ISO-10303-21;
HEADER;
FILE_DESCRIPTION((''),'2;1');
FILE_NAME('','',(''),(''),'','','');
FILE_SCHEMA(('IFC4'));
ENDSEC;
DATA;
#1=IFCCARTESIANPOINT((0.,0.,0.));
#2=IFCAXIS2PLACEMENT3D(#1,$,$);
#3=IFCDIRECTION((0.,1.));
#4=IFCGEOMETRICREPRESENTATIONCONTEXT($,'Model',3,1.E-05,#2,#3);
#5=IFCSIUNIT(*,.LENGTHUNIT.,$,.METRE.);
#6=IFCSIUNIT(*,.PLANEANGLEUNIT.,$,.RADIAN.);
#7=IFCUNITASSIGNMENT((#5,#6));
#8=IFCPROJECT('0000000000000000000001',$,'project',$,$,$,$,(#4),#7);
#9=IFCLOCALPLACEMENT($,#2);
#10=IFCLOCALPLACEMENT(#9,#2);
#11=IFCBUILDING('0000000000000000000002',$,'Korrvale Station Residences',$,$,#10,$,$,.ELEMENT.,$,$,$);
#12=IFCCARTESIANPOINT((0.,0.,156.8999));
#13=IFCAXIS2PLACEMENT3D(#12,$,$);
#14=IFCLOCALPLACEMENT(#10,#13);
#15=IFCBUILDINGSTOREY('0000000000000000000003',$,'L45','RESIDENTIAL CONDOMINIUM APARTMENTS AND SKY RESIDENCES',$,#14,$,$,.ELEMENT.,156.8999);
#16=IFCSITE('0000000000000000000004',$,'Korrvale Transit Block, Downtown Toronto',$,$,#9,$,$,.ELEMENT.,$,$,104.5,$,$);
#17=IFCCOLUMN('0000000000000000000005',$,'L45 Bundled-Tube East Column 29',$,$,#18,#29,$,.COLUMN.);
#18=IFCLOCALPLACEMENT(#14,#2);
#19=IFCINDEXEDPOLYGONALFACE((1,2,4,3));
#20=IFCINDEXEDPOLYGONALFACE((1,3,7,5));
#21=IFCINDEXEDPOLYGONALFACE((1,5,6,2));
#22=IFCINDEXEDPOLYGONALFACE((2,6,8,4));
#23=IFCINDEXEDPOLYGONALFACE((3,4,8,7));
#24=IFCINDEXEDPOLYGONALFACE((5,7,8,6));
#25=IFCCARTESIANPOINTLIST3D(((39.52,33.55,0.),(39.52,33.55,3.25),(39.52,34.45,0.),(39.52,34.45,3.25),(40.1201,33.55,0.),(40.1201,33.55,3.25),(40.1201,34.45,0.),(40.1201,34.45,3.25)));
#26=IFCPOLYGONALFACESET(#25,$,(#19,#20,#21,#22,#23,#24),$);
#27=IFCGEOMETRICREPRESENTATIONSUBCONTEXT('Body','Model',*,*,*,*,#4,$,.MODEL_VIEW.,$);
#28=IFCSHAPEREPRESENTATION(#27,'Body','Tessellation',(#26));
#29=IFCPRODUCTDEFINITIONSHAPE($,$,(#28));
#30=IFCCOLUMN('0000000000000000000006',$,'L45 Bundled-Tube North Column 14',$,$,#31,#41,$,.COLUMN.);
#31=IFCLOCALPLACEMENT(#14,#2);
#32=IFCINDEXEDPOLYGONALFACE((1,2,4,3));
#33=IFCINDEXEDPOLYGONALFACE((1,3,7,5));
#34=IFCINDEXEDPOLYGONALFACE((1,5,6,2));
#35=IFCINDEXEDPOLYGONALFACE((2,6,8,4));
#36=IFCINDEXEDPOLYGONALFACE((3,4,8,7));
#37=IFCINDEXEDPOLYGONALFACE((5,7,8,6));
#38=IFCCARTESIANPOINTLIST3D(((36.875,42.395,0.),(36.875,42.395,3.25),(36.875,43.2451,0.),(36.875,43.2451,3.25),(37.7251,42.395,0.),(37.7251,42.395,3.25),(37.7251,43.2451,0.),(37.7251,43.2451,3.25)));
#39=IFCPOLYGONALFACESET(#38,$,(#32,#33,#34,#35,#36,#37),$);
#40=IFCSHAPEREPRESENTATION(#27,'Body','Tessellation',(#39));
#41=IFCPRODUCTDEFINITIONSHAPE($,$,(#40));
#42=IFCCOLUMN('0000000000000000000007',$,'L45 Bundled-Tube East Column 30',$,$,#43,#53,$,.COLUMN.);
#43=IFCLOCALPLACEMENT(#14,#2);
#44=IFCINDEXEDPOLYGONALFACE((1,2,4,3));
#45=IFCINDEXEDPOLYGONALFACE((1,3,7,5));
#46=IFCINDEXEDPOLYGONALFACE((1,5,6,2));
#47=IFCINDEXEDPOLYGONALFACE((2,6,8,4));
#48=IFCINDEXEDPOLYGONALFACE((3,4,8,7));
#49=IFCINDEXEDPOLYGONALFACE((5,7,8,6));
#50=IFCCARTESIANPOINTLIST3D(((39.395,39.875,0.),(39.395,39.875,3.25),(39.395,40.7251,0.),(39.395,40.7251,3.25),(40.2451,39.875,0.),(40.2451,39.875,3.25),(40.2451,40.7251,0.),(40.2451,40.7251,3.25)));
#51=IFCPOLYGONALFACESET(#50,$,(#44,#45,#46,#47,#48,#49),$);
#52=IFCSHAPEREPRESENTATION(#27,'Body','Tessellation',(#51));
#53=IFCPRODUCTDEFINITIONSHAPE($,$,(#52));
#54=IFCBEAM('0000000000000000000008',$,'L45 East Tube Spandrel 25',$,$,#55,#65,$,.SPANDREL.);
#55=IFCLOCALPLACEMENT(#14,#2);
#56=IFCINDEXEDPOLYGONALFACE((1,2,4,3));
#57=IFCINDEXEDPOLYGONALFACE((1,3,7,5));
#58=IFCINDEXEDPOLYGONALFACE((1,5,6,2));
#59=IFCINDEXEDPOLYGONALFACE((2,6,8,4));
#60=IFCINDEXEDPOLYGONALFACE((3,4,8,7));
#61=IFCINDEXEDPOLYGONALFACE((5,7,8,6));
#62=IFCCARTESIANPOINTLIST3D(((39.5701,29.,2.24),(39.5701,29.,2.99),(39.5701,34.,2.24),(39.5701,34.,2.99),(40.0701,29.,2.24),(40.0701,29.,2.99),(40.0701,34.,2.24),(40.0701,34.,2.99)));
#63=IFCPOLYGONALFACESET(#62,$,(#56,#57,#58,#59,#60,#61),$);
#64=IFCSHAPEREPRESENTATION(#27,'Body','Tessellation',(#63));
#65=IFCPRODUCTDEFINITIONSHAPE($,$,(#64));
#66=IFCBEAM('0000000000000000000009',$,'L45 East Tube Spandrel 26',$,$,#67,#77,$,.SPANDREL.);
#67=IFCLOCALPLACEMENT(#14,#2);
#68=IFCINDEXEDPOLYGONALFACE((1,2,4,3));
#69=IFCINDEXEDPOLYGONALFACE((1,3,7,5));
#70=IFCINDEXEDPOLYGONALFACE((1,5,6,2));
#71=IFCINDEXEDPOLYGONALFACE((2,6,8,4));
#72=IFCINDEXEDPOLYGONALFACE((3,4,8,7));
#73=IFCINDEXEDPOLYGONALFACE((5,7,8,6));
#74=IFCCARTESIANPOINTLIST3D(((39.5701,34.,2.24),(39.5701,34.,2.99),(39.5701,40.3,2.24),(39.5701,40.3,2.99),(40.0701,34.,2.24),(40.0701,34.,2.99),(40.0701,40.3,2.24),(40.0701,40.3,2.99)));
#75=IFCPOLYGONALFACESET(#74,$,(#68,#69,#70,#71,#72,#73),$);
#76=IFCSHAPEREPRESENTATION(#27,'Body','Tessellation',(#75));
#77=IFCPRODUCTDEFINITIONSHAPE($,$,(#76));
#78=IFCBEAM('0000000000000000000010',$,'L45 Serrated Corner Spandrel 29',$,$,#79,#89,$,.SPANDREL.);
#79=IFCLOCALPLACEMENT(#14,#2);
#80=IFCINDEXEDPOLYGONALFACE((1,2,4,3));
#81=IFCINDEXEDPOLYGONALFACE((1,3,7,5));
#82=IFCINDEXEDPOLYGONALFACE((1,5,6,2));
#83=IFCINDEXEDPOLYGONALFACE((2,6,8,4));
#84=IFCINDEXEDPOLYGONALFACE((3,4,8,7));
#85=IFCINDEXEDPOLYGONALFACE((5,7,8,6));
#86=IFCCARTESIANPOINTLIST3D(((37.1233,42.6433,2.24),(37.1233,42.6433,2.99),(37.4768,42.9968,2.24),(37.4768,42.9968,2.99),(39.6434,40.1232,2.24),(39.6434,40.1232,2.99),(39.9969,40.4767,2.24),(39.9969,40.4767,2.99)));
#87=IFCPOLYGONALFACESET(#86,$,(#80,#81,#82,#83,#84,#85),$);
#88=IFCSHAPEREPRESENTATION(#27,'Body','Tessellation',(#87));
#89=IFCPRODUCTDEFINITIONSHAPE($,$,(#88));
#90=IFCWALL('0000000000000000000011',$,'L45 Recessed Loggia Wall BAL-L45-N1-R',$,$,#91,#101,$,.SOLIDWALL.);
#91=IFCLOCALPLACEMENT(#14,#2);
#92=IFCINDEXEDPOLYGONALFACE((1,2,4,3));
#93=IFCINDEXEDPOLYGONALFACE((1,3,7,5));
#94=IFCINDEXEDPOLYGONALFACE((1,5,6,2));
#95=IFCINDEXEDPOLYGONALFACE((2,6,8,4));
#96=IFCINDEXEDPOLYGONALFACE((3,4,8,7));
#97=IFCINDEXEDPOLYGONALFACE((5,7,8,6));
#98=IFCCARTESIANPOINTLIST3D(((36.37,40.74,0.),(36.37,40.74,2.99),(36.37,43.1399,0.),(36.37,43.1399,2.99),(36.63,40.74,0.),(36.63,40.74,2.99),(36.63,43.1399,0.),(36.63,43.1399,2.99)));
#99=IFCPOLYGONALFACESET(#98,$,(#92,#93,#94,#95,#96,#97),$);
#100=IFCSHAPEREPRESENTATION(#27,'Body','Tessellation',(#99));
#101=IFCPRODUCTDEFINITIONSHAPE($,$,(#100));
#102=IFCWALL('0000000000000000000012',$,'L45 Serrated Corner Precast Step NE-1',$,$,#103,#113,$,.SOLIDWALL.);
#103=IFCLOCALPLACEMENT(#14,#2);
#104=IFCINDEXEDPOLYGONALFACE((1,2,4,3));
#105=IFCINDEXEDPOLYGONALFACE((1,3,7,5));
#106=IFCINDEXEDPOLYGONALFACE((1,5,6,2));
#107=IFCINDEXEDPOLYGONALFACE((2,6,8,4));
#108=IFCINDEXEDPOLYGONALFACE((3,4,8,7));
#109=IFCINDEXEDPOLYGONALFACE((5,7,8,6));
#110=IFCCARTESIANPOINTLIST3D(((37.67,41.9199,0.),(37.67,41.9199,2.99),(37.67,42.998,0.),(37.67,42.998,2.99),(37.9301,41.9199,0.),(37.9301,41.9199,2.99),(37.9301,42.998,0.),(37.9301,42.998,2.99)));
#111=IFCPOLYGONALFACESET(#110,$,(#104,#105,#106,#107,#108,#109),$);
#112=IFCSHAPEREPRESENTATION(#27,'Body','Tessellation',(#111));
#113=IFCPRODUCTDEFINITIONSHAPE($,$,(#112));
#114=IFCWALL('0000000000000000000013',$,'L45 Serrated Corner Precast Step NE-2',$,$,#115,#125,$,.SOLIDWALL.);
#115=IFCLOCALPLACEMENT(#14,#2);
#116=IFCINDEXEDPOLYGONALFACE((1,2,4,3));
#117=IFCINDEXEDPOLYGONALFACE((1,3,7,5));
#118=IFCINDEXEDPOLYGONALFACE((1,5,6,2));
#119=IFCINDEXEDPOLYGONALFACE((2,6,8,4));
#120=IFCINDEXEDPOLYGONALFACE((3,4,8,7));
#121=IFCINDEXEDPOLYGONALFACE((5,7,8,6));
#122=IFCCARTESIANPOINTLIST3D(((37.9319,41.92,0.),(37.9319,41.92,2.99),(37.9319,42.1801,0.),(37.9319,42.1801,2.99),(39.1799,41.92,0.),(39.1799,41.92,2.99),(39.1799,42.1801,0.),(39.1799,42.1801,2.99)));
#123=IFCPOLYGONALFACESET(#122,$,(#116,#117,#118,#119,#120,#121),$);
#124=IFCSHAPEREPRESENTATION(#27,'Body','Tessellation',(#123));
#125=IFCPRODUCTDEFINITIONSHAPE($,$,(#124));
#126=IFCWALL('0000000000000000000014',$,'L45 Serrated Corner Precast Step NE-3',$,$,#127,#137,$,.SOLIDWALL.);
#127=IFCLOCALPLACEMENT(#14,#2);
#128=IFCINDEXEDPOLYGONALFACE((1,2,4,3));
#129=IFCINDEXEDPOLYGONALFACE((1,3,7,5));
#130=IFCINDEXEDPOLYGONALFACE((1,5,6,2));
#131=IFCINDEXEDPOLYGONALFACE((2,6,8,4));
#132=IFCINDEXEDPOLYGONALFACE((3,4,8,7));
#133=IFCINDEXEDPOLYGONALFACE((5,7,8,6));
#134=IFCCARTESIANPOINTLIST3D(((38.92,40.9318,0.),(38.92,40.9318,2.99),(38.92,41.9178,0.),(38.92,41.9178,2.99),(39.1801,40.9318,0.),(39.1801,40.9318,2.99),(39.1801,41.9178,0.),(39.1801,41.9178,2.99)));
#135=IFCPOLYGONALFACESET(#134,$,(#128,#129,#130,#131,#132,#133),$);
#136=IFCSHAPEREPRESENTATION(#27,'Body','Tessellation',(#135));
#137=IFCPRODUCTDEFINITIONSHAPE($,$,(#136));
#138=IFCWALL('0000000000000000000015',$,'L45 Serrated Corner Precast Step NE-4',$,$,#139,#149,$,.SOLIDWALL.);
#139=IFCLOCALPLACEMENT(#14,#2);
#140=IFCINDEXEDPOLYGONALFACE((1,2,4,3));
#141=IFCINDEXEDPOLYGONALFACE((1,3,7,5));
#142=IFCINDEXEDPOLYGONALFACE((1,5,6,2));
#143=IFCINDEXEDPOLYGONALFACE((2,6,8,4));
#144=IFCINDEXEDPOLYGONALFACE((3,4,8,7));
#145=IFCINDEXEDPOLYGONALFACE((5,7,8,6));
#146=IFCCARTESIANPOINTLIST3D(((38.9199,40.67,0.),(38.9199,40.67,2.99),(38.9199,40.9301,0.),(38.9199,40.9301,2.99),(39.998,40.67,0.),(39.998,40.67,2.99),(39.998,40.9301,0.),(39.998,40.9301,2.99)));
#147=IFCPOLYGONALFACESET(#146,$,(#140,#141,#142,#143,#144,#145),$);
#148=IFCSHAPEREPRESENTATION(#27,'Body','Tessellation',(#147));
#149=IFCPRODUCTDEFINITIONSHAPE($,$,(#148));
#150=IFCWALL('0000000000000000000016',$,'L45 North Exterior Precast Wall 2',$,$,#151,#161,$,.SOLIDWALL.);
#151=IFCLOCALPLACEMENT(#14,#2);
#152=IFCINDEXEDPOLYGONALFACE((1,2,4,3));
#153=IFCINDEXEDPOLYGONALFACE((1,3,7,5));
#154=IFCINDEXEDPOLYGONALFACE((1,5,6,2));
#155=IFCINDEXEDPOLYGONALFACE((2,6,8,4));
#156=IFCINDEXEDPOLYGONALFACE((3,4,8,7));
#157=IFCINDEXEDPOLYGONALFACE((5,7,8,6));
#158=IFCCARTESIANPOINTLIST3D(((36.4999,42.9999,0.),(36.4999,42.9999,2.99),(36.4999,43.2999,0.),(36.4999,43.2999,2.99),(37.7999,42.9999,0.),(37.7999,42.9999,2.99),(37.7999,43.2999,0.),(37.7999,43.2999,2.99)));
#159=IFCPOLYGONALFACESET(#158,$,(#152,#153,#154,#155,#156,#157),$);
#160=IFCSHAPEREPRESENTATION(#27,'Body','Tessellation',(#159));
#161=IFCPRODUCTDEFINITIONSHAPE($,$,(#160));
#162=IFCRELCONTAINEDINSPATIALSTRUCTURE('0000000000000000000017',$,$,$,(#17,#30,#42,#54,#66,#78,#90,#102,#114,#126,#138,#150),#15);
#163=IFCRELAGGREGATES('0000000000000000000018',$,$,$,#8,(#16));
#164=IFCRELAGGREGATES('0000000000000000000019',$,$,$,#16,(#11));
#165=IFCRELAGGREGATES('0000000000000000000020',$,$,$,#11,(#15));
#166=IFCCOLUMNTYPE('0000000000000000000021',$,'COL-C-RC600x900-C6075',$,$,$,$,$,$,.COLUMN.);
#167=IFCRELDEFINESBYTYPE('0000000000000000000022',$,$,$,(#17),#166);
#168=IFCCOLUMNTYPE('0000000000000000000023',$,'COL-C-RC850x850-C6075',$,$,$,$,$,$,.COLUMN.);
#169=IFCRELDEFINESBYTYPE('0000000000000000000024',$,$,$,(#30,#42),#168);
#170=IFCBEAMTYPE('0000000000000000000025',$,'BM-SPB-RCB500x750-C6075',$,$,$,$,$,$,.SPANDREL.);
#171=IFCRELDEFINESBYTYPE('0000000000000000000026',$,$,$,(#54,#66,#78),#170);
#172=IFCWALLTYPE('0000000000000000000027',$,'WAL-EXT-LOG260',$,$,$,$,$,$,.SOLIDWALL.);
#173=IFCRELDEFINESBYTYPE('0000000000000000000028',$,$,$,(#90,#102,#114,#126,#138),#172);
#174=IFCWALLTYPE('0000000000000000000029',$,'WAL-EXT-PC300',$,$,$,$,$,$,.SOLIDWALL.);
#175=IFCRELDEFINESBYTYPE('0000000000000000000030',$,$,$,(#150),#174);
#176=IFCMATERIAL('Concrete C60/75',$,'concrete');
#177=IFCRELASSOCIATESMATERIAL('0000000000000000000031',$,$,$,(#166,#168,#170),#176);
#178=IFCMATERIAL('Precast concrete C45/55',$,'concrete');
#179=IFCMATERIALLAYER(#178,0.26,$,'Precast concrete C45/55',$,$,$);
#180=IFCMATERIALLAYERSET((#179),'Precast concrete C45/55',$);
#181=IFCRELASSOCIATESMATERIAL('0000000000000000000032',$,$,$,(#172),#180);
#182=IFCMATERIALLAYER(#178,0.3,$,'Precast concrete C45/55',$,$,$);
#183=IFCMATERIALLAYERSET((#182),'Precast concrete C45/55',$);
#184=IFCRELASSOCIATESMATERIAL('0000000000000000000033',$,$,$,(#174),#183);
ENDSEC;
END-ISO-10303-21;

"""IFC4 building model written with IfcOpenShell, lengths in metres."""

from ifc_helpers import new_model, si_unit, direction, frame, frame_2d, origin, origin_2d, place, context, subcontext, project, spatial, rectangle, extrude, material, layer, layer_set, material_profile, profile_set, type_object, element, save


model = new_model("IFC4")

# Units and contexts
model_context = context("Model", 3, precision=1e-05, world=origin(), true_north=direction((0.0, 1.0)))
body_context = subcontext(model_context, "Body", "Model", "MODEL_VIEW")
ifc_project = project(units=[si_unit("LENGTHUNIT", "METRE"), si_unit("PLANEANGLEUNIT", "RADIAN")], contexts=[model_context])

# Site, building, storey
site_placement = place(None, origin())
site = spatial("IfcSite", under=ifc_project, at=site_placement, Name="Korrvale Transit Block, Downtown Toronto", CompositionType="ELEMENT", RefElevation=104.5)
building_placement = place(site_placement, origin())
building = spatial("IfcBuilding", under=site, at=building_placement, Name="Korrvale Station Residences", CompositionType="ELEMENT")
storey_placement = place(building_placement, frame((0.0, 0.0, 156.8999)))
storey = spatial("IfcBuildingStorey", under=building, at=storey_placement, Name="L45", Description="RESIDENTIAL CONDOMINIUM APARTMENTS AND SKY RESIDENCES", CompositionType="ELEMENT", Elevation=156.8999)

# Columns
ifc_material_1 = material(Name="Concrete C60/75", Category="concrete")
ifc_material_profile_1 = material_profile(ifc_material_1, rectangle(XDim=0.6001, YDim=0.8999, at=origin_2d()), Name="RC600x900")
ifc_profile_set_1 = profile_set([ifc_material_profile_1], Name="Concrete C60/75")
column_type_1 = type_object("IfcColumnType", Name="COL-C-RC600x900-C6075", PredefinedType="COLUMN", material=ifc_profile_set_1)
column_placement = place(storey_placement, frame((39.8201, 34.0, 0.0), z_axis=(0.0, 0.0, 1.0), x_axis=(1.0, 0.0, 0.0)))
element("IfcColumn", 1, at=column_placement, inside=storey, type_object=column_type_1, Name="L45 Bundled-Tube East Column 29", PredefinedType="COLUMN", context=body_context, shape_type="SweptSolid", body=[
    extrude(rectangle(XDim=0.6001, YDim=0.8999, at=origin_2d()), origin(), (0.0, 0.0, 1.0), 3.25),
])
ifc_material_profile_2 = material_profile(ifc_material_1, rectangle(XDim=0.8501, YDim=0.8501, at=origin_2d()), Name="RC850x850")
ifc_profile_set_2 = profile_set([ifc_material_profile_2], Name="Concrete C60/75")
column_type_2 = type_object("IfcColumnType", Name="COL-C-RC850x850-C6075", PredefinedType="COLUMN", material=ifc_profile_set_2)
for number, where, z_axis, x_axis, name in (
    (2, (37.3, 42.8201, 0.0), (0.0, 0.0, 1.0), (1.0, 0.0, 0.0), "L45 Bundled-Tube North Column 14"),
    (3, (39.8201, 40.3, 0.0), (0.0, 0.0, 1.0), (1.0, 0.0, 0.0), "L45 Bundled-Tube East Column 30"),
):
    element("IfcColumn", number, at=place(storey_placement, frame(where, z_axis=z_axis, x_axis=x_axis)), inside=storey, type_object=column_type_2, Name=name, PredefinedType="COLUMN", context=body_context, shape_type="SweptSolid", body=[
        extrude(rectangle(XDim=0.8501, YDim=0.8501, at=origin_2d()), origin(), (0.0, 0.0, 1.0), 3.25),
    ])

# Beams
ifc_material_profile_3 = material_profile(ifc_material_1, rectangle(XDim=0.5, YDim=0.75, at=origin_2d()), Name="RCB500x750")
ifc_profile_set_3 = profile_set([ifc_material_profile_3], Name="Concrete C60/75")
beam_type = type_object("IfcBeamType", Name="BM-SPB-RCB500x750-C6075", PredefinedType="SPANDREL", material=ifc_profile_set_3)
beam_1_placement = place(storey_placement, frame((39.8201, 29.0, 2.615), z_axis=(0.0, 1.0, 0.0), x_axis=(-1.0, 0.0, 0.0)))
element("IfcBeam", 4, at=beam_1_placement, inside=storey, type_object=beam_type, Name="L45 East Tube Spandrel 25", PredefinedType="SPANDREL", context=body_context, shape_type="SweptSolid", body=[
    extrude(rectangle(XDim=0.5, YDim=0.75, at=origin_2d()), origin(), (0.0, 0.0, 1.0), 5.0),
])
beam_2_placement = place(storey_placement, frame((39.8201, 34.0, 2.615), z_axis=(0.0, 1.0, 0.0), x_axis=(-1.0, 0.0, 0.0)))
element("IfcBeam", 5, at=beam_2_placement, inside=storey, type_object=beam_type, Name="L45 East Tube Spandrel 26", PredefinedType="SPANDREL", context=body_context, shape_type="SweptSolid", body=[
    extrude(rectangle(XDim=0.5, YDim=0.75, at=origin_2d()), origin(), (0.0, 0.0, 1.0), 6.3),
])
beam_3_placement = place(storey_placement, frame((37.3, 42.8201, 2.615), z_axis=(0.707107, -0.707107, 0.0), x_axis=(0.707107, 0.707107, 0.0)))
element("IfcBeam", 6, at=beam_3_placement, inside=storey, type_object=beam_type, Name="L45 Serrated Corner Spandrel 29", PredefinedType="SPANDREL", context=body_context, shape_type="SweptSolid", body=[
    extrude(rectangle(XDim=0.5, YDim=0.75, at=origin_2d()), origin(), (0.0, 0.0, 1.0), 3.564),
])

# Walls
ifc_material_2 = material(Name="Precast concrete C45/55", Category="concrete")
ifc_layer_1 = layer(ifc_material_2, 0.26, Name="Precast concrete C45/55")
ifc_layer_set_1 = layer_set([ifc_layer_1], Name="Precast concrete C45/55")
wall_type_1 = type_object("IfcWallType", Name="WAL-EXT-LOG260", PredefinedType="SOLIDWALL", material=ifc_layer_set_1)
wall_1_placement = place(storey_placement, frame((36.5, 40.74, 0.0), z_axis=(0.0, 0.0, 1.0), x_axis=(0.0, 1.0, 0.0)))
element("IfcWall", 7, at=wall_1_placement, inside=storey, type_object=wall_type_1, Name="L45 Recessed Loggia Wall BAL-L45-N1-R", PredefinedType="SOLIDWALL", context=body_context, shape_type="SweptSolid", body=[
    extrude(rectangle(XDim=2.3999, YDim=0.26, at=frame_2d((1.2, 0.0))), origin(), (0.0, 0.0, 1.0), 2.99),
])
wall_2_placement = place(storey_placement, frame((37.8, 42.998, 0.0), z_axis=(0.0, 0.0, 1.0), x_axis=(0.0, -1.0, 0.0)))
element("IfcWall", 8, at=wall_2_placement, inside=storey, type_object=wall_type_1, Name="L45 Serrated Corner Precast Step NE-1", PredefinedType="SOLIDWALL", context=body_context, shape_type="SweptSolid", body=[
    extrude(rectangle(XDim=1.0781, YDim=0.26, at=frame_2d((0.5391, 0.0))), origin(), (0.0, 0.0, 1.0), 2.99),
])
wall_3_placement = place(storey_placement, frame((37.9319, 42.05, 0.0), z_axis=(0.0, 0.0, 1.0), x_axis=(1.0, 0.0, 0.0)))
element("IfcWall", 9, at=wall_3_placement, inside=storey, type_object=wall_type_1, Name="L45 Serrated Corner Precast Step NE-2", PredefinedType="SOLIDWALL", context=body_context, shape_type="SweptSolid", body=[
    extrude(rectangle(XDim=1.248, YDim=0.26, at=frame_2d((0.624, 0.0))), origin(), (0.0, 0.0, 1.0), 2.99),
])
wall_4_placement = place(storey_placement, frame((39.05, 41.918, 0.0), z_axis=(0.0, 0.0, 1.0), x_axis=(0.0, -1.0, 0.0)))
element("IfcWall", 10, at=wall_4_placement, inside=storey, type_object=wall_type_1, Name="L45 Serrated Corner Precast Step NE-3", PredefinedType="SOLIDWALL", context=body_context, shape_type="SweptSolid", body=[
    extrude(rectangle(XDim=0.9861, YDim=0.26, at=frame_2d((0.4932, 0.0))), origin(), (0.0, 0.0, 1.0), 2.99),
])
wall_5_placement = place(storey_placement, frame((38.9199, 40.8, 0.0), z_axis=(0.0, 0.0, 1.0), x_axis=(1.0, 0.0, 0.0)))
element("IfcWall", 11, at=wall_5_placement, inside=storey, type_object=wall_type_1, Name="L45 Serrated Corner Precast Step NE-4", PredefinedType="SOLIDWALL", context=body_context, shape_type="SweptSolid", body=[
    extrude(rectangle(XDim=1.0781, YDim=0.26, at=frame_2d((0.5391, 0.0))), origin(), (0.0, 0.0, 1.0), 2.99),
])
ifc_layer_2 = layer(ifc_material_2, 0.3, Name="Precast concrete C45/55")
ifc_layer_set_2 = layer_set([ifc_layer_2], Name="Precast concrete C45/55")
wall_type_2 = type_object("IfcWallType", Name="WAL-EXT-PC300", PredefinedType="SOLIDWALL", material=ifc_layer_set_2)
wall_6_placement = place(storey_placement, frame((36.5, 43.1499, 0.0), z_axis=(0.0, 0.0, 1.0), x_axis=(1.0, 0.0, 0.0)))
element("IfcWall", 12, at=wall_6_placement, inside=storey, type_object=wall_type_2, Name="L45 North Exterior Precast Wall 2", PredefinedType="SOLIDWALL", context=body_context, shape_type="SweptSolid", body=[
    extrude(rectangle(XDim=1.3, YDim=0.3, at=frame_2d((0.6499, 0.0))), origin(), (0.0, 0.0, 1.0), 2.99),
])

save(model, "model.ifc")
